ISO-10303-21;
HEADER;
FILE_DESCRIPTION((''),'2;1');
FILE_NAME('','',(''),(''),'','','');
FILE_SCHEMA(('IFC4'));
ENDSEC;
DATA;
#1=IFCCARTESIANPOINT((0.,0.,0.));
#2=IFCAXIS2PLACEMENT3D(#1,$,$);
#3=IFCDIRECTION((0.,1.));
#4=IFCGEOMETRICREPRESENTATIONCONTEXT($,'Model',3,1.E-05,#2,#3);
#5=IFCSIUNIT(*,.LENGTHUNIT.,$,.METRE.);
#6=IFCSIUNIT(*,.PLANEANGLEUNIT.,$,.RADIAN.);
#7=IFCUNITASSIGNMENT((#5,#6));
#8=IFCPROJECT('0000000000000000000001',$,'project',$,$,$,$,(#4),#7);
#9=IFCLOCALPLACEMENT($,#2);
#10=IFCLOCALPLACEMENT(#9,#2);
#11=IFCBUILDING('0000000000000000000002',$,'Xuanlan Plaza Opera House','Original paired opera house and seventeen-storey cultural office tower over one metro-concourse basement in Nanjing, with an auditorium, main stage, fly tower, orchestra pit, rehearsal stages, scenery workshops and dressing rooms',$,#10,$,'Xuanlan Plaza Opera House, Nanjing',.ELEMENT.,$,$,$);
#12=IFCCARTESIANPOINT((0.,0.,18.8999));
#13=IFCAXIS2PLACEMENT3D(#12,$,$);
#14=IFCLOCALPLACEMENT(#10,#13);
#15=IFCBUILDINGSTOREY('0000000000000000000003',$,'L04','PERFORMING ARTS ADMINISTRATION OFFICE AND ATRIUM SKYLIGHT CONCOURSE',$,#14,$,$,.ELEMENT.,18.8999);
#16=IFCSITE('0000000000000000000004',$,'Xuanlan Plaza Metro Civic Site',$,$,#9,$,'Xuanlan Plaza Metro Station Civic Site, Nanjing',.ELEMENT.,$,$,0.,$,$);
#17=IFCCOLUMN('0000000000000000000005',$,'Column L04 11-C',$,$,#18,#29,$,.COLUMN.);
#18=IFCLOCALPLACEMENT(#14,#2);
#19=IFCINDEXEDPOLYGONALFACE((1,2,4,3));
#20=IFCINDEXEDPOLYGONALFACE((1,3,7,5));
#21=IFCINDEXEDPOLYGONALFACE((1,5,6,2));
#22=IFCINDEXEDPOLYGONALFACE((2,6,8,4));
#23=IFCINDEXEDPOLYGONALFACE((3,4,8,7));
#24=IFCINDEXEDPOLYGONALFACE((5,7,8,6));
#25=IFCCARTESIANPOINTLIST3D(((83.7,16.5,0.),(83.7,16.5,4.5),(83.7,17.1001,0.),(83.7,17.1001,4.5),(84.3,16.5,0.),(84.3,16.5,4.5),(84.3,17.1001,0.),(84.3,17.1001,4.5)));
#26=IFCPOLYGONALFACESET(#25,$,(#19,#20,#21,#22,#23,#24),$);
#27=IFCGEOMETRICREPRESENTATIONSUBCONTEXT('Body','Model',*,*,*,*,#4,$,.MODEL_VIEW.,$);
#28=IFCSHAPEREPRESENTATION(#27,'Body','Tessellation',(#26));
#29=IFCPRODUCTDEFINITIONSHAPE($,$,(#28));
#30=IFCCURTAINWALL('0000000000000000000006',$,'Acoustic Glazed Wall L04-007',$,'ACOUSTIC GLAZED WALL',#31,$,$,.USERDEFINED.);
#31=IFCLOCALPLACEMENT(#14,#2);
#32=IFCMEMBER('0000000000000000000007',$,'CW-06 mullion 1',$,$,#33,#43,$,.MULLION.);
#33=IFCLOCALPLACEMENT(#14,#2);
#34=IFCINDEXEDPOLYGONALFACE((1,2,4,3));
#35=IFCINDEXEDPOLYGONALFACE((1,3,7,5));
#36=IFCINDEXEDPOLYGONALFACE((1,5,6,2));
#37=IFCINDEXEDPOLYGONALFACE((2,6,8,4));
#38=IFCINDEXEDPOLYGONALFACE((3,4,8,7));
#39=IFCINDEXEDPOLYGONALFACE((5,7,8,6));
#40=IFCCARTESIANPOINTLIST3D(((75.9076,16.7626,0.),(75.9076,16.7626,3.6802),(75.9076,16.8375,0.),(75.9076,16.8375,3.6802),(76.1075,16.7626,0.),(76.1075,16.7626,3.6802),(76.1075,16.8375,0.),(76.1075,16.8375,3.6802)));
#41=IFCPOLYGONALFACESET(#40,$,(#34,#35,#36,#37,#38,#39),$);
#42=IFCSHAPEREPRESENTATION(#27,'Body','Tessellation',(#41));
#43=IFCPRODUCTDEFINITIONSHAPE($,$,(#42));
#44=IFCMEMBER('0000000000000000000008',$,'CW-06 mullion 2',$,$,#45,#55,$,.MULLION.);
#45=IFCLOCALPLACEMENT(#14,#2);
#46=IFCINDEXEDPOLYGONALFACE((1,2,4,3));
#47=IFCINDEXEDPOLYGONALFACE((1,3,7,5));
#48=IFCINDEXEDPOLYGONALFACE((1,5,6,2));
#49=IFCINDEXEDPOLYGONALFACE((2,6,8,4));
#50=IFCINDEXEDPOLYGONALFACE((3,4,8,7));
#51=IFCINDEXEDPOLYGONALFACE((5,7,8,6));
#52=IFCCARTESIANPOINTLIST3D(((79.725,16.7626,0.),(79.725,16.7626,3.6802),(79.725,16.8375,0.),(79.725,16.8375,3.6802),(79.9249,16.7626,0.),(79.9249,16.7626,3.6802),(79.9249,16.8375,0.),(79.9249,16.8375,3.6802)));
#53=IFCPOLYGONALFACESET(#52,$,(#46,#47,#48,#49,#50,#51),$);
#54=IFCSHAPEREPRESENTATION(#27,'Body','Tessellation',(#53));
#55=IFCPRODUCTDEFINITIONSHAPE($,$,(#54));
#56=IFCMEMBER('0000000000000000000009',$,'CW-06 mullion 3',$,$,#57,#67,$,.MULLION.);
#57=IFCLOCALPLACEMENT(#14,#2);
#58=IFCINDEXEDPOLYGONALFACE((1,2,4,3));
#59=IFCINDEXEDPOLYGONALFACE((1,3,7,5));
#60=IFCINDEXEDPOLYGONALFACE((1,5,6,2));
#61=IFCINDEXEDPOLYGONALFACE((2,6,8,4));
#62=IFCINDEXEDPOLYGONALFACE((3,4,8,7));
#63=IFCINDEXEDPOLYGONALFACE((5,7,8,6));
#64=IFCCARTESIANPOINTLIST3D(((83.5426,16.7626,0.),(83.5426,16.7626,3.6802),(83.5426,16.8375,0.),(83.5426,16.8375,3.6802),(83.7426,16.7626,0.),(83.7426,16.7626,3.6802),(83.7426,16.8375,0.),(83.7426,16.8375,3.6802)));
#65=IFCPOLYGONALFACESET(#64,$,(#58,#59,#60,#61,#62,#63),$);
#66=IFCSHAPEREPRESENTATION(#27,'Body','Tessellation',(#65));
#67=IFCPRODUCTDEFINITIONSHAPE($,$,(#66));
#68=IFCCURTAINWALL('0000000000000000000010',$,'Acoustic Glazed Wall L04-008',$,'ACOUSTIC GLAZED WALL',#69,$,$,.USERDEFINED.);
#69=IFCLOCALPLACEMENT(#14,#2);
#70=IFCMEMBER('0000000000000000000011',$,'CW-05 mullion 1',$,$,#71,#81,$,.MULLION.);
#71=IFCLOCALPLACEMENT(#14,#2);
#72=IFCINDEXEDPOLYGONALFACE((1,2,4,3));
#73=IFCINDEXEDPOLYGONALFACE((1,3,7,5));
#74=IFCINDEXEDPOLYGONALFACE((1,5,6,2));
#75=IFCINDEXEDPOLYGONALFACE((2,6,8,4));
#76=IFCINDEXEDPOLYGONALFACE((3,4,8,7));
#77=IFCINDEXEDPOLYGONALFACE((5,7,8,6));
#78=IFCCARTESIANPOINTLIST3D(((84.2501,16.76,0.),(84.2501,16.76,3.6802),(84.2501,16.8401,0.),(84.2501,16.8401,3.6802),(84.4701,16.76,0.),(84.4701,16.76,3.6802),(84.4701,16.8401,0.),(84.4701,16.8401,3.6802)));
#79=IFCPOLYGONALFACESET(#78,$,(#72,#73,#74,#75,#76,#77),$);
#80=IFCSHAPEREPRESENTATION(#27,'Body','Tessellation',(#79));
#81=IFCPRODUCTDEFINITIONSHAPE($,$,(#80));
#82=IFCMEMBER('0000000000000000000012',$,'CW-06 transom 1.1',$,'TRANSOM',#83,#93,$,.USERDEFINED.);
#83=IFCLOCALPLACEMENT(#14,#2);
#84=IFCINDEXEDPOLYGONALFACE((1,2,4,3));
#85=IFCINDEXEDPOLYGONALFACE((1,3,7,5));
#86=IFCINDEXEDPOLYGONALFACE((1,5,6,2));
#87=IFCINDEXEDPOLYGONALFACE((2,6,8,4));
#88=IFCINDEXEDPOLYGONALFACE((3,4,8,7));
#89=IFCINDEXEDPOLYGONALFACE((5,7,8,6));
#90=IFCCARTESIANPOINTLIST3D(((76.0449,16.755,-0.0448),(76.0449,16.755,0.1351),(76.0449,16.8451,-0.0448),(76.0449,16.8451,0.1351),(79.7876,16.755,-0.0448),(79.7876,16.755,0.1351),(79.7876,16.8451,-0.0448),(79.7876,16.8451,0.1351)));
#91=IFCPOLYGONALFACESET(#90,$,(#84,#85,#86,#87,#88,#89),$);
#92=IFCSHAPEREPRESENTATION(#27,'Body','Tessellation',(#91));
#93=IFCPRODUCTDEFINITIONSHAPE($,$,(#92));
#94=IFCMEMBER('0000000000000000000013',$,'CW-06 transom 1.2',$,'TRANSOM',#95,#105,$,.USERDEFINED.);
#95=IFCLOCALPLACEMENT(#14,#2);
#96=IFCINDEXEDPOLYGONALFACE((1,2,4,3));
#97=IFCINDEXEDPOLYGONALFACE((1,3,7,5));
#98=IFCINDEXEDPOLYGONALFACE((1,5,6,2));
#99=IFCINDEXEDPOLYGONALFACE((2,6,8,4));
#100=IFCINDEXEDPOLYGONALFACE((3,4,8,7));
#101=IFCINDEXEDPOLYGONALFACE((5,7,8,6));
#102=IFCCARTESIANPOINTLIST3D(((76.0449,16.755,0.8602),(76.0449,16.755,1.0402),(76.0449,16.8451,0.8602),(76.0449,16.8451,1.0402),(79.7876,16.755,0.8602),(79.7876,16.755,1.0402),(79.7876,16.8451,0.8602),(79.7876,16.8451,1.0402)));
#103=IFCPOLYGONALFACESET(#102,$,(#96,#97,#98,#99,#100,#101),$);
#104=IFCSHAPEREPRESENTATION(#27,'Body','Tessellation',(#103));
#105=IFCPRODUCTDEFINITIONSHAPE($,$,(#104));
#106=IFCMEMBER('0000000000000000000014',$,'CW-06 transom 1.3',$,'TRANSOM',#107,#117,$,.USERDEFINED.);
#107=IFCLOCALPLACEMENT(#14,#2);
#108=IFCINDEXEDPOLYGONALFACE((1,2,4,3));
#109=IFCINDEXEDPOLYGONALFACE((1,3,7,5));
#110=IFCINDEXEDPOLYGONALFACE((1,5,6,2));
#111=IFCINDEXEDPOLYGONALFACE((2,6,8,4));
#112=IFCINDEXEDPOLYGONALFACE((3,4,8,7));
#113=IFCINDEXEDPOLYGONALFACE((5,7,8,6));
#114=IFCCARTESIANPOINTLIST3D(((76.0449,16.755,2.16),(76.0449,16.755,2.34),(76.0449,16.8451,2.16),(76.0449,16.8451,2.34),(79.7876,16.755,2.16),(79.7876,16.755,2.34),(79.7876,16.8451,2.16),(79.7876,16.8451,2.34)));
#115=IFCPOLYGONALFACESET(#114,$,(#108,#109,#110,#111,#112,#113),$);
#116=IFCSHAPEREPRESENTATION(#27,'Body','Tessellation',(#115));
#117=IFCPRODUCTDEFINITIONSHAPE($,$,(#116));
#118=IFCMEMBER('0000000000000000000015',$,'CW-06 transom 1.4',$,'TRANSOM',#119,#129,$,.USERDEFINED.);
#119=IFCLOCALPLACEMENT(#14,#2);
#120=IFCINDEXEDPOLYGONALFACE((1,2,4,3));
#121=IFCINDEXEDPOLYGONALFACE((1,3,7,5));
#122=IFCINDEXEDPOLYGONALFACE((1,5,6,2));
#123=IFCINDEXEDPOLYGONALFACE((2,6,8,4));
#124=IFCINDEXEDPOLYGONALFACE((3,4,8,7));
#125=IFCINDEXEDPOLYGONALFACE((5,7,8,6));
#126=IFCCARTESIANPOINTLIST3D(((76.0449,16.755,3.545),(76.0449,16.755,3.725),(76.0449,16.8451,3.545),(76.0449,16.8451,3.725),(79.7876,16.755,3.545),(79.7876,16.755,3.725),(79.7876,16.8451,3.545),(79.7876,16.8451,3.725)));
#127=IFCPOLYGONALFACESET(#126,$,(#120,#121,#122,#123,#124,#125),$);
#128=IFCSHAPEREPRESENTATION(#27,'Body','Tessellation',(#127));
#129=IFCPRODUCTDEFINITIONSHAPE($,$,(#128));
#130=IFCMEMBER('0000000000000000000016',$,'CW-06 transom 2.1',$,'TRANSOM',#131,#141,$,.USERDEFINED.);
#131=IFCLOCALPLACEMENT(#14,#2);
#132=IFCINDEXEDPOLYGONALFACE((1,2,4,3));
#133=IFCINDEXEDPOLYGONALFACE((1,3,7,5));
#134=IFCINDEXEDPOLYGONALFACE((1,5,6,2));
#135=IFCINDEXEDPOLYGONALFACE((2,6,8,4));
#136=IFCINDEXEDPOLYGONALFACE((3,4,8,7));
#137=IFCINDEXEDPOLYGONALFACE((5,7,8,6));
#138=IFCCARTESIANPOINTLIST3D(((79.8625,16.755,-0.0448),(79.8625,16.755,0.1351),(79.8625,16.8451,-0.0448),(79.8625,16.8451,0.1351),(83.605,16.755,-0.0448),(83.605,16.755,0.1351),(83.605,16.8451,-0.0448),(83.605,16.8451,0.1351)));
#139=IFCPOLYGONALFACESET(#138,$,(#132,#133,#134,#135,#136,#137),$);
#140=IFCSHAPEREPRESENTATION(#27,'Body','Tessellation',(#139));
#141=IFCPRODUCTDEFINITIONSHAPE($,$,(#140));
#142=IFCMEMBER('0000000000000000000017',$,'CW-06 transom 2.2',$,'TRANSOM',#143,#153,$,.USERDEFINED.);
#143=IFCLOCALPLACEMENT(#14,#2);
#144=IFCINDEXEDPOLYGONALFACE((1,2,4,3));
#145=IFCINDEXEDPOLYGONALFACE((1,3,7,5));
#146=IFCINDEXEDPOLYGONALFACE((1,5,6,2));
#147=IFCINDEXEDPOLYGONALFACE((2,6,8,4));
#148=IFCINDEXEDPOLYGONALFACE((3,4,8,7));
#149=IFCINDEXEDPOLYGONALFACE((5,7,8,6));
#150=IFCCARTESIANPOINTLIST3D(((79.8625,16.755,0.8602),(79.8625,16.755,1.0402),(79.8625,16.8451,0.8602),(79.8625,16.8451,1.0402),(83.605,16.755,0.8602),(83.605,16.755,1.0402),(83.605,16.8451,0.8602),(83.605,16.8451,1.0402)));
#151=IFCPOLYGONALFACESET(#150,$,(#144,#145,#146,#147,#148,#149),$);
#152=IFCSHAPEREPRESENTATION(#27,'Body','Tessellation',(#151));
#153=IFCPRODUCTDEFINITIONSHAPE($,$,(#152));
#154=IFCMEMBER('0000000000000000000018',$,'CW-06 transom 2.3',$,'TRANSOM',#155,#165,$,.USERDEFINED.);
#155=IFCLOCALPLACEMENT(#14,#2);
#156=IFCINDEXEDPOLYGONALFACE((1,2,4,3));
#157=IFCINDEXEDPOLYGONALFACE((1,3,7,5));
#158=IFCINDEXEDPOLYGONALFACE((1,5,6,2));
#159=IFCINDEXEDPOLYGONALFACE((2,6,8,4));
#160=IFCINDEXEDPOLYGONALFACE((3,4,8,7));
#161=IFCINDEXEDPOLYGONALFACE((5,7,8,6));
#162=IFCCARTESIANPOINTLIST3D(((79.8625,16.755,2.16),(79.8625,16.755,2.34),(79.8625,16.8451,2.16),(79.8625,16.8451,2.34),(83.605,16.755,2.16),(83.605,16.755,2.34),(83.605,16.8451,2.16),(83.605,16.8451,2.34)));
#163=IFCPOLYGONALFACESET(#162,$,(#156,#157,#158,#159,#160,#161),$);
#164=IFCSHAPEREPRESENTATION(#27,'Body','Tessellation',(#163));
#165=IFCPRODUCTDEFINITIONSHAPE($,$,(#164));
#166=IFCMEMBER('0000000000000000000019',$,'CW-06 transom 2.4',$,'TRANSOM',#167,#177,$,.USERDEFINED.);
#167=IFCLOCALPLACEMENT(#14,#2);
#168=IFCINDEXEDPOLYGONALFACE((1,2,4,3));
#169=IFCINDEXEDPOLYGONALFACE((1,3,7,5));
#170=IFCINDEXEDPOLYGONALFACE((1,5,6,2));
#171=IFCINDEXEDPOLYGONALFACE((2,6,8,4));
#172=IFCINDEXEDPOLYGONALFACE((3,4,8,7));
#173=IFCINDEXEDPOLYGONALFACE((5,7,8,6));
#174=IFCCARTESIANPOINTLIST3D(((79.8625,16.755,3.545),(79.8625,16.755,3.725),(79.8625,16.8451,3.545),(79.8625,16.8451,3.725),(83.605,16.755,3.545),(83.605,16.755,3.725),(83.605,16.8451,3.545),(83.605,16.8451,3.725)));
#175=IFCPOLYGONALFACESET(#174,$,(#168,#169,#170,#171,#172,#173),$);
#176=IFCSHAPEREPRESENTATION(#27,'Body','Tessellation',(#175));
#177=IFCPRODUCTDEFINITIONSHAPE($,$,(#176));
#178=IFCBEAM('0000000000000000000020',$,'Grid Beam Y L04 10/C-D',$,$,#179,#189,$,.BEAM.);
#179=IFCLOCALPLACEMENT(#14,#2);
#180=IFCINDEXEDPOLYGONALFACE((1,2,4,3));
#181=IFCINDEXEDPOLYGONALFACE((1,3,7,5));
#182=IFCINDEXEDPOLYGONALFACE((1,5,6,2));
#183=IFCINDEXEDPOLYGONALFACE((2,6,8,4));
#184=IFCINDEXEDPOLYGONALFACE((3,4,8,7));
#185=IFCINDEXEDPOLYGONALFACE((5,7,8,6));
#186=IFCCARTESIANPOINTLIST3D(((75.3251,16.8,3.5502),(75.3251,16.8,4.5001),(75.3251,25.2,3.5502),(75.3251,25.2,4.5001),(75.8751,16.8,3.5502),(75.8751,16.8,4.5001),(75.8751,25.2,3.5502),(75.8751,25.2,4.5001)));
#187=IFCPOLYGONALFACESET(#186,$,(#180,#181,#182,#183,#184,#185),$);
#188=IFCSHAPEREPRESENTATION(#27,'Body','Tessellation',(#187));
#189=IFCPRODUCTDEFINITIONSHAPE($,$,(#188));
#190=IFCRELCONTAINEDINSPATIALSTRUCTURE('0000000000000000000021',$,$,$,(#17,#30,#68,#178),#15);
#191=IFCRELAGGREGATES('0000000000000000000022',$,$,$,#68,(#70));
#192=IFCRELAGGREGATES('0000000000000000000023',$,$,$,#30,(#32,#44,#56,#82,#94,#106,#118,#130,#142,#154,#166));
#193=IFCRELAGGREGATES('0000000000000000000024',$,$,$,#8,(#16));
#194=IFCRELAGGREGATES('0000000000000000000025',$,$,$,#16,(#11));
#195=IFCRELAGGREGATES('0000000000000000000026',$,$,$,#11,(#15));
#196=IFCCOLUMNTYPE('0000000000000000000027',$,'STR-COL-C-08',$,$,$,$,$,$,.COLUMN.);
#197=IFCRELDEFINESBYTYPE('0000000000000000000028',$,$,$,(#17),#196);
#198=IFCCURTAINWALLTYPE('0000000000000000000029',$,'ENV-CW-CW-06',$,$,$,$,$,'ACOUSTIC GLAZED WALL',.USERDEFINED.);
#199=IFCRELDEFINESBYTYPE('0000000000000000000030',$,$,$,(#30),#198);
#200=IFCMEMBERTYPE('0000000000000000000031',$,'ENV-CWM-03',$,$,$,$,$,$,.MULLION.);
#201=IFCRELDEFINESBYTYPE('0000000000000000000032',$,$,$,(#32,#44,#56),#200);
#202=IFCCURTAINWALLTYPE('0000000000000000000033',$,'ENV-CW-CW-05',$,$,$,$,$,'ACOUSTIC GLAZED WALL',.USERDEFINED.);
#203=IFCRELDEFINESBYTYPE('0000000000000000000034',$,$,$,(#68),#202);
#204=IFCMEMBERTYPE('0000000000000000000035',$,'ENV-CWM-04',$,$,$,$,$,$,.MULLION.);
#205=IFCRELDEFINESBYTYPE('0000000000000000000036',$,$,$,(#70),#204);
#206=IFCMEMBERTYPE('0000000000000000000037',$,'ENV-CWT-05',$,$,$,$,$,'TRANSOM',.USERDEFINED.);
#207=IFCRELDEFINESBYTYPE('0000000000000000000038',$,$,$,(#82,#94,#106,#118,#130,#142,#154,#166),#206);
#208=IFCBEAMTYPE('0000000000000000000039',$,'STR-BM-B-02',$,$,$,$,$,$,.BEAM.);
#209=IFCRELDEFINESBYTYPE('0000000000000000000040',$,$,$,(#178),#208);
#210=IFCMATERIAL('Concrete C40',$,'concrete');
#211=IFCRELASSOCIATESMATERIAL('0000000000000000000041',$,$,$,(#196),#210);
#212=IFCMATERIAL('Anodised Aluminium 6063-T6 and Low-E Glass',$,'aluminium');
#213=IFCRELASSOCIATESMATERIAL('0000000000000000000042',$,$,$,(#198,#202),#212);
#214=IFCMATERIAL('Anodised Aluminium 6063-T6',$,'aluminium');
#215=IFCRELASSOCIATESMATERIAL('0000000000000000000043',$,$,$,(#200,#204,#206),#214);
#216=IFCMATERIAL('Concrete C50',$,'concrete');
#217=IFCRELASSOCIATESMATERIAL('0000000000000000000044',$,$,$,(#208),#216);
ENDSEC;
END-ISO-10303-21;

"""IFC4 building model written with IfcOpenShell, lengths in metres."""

from ifc_helpers import new_model, si_unit, direction, frame, origin, origin_2d, place, context, subcontext, project, spatial, rectangle, extrude, material, material_profile, profile_set, type_object, element, aggregate, save


model = new_model("IFC4")

# Units and contexts
model_context = context("Model", 3, precision=1e-05, world=origin(), true_north=direction((0.0, 1.0)))
body_context = subcontext(model_context, "Body", "Model", "MODEL_VIEW")
ifc_project = project(units=[si_unit("LENGTHUNIT", "METRE"), si_unit("PLANEANGLEUNIT", "RADIAN")], contexts=[model_context])

# Site, building, storey
site_placement = place(None, origin())
site = spatial("IfcSite", under=ifc_project, at=site_placement, Name="Xuanlan Plaza Metro Civic Site", LongName="Xuanlan Plaza Metro Station Civic Site, Nanjing", CompositionType="ELEMENT", RefElevation=0.0)
building_placement = place(site_placement, origin())
building = spatial("IfcBuilding", under=site, at=building_placement, Name="Xuanlan Plaza Opera House", Description="Original paired opera house and seventeen-storey cultural office tower over one metro-concourse basement in Nanjing, with an auditorium, main stage, fly tower, orchestra pit, rehearsal stages, scenery workshops and dressing rooms", LongName="Xuanlan Plaza Opera House, Nanjing", CompositionType="ELEMENT")
storey_placement = place(building_placement, frame((0.0, 0.0, 18.8999)))
storey = spatial("IfcBuildingStorey", under=building, at=storey_placement, Name="L04", Description="PERFORMING ARTS ADMINISTRATION OFFICE AND ATRIUM SKYLIGHT CONCOURSE", CompositionType="ELEMENT", Elevation=18.8999)

# Column
ifc_material_1 = material(Name="Concrete C40", Category="concrete")
ifc_material_profile_1 = material_profile(ifc_material_1, rectangle(XDim=0.6001, YDim=0.6001, at=origin_2d()), Name="RC-COL 600x600")
ifc_profile_set_1 = profile_set([ifc_material_profile_1], Name="Concrete C40")
column_type = type_object("IfcColumnType", Name="STR-COL-C-08", PredefinedType="COLUMN", material=ifc_profile_set_1)
column_placement = place(storey_placement, frame((84.0, 16.8, 0.0), z_axis=(0.0, 0.0, 1.0), x_axis=(1.0, 0.0, 0.0)))
element("IfcColumn", 1, at=column_placement, inside=storey, type_object=column_type, Name="Column L04 11-C", PredefinedType="COLUMN", context=body_context, shape_type="SweptSolid", body=[
    extrude(rectangle(XDim=0.6001, YDim=0.6001, at=origin_2d()), origin(), (0.0, 0.0, 1.0), 4.5),
])

# Curtain wall, members
ifc_material_2 = material(Name="Anodised Aluminium 6063-T6 and Low-E Glass", Category="aluminium")
curtain_wall_type_1 = type_object("IfcCurtainWallType", Name="ENV-CW-CW-06", ElementType="ACOUSTIC GLAZED WALL", PredefinedType="USERDEFINED", material=ifc_material_2)
curtain_wall_1_placement = place(storey_placement, origin())
curtain_wall_1 = element("IfcCurtainWall", 2, at=curtain_wall_1_placement, inside=storey, type_object=curtain_wall_type_1, Name="Acoustic Glazed Wall L04-007", ObjectType="ACOUSTIC GLAZED WALL", PredefinedType="USERDEFINED")
ifc_material_3 = material(Name="Anodised Aluminium 6063-T6", Category="aluminium")
ifc_material_profile_2 = material_profile(ifc_material_3, rectangle(XDim=0.075, YDim=0.2, at=origin_2d()), Name="ALU-M 75x200")
ifc_profile_set_2 = profile_set([ifc_material_profile_2], Name="Anodised Aluminium 6063-T6")
member_type_1 = type_object("IfcMemberType", Name="ENV-CWM-03", PredefinedType="MULLION", material=ifc_profile_set_2)
member_1_placement = place(storey_placement, frame((76.0076, 16.8, 0.0), z_axis=(0.0, 0.0, 1.0), x_axis=(0.0, 1.0, 0.0)))
member_1 = element("IfcMember", 3, at=member_1_placement, type_object=member_type_1, Name="CW-06 mullion 1", PredefinedType="MULLION", context=body_context, shape_type="SweptSolid", body=[
    extrude(rectangle(XDim=0.075, YDim=0.2, at=origin_2d()), origin(), (0.0, 0.0, 1.0), 3.6802),
])
member_2_placement = place(storey_placement, frame((79.825, 16.8, 0.0), z_axis=(0.0, 0.0, 1.0), x_axis=(0.0, 1.0, 0.0)))
member_2 = element("IfcMember", 4, at=member_2_placement, type_object=member_type_1, Name="CW-06 mullion 2", PredefinedType="MULLION", context=body_context, shape_type="SweptSolid", body=[
    extrude(rectangle(XDim=0.075, YDim=0.2, at=origin_2d()), origin(), (0.0, 0.0, 1.0), 3.6802),
])
member_3_placement = place(storey_placement, frame((83.6426, 16.8, 0.0), z_axis=(0.0, 0.0, 1.0), x_axis=(0.0, 1.0, 0.0)))
member_3 = element("IfcMember", 5, at=member_3_placement, type_object=member_type_1, Name="CW-06 mullion 3", PredefinedType="MULLION", context=body_context, shape_type="SweptSolid", body=[
    extrude(rectangle(XDim=0.075, YDim=0.2, at=origin_2d()), origin(), (0.0, 0.0, 1.0), 3.6802),
])

# Curtain wall, member
curtain_wall_type_2 = type_object("IfcCurtainWallType", Name="ENV-CW-CW-05", ElementType="ACOUSTIC GLAZED WALL", PredefinedType="USERDEFINED", material=ifc_material_2)
curtain_wall_2_placement = place(storey_placement, origin())
curtain_wall_2 = element("IfcCurtainWall", 6, at=curtain_wall_2_placement, inside=storey, type_object=curtain_wall_type_2, Name="Acoustic Glazed Wall L04-008", ObjectType="ACOUSTIC GLAZED WALL", PredefinedType="USERDEFINED")
ifc_material_profile_3 = material_profile(ifc_material_3, rectangle(XDim=0.0801, YDim=0.22, at=origin_2d()), Name="ALU-M 80x220")
ifc_profile_set_3 = profile_set([ifc_material_profile_3], Name="Anodised Aluminium 6063-T6")
member_type_2 = type_object("IfcMemberType", Name="ENV-CWM-04", PredefinedType="MULLION", material=ifc_profile_set_3)
member_4_placement = place(storey_placement, frame((84.3601, 16.8, 0.0), z_axis=(0.0, 0.0, 1.0), x_axis=(0.0, 1.0, 0.0)))
member_4 = element("IfcMember", 7, at=member_4_placement, type_object=member_type_2, Name="CW-05 mullion 1", PredefinedType="MULLION", context=body_context, shape_type="SweptSolid", body=[
    extrude(rectangle(XDim=0.0801, YDim=0.22, at=origin_2d()), origin(), (0.0, 0.0, 1.0), 3.6802),
])
aggregate(curtain_wall_2, [member_4])

# Members
ifc_material_profile_4 = material_profile(ifc_material_3, rectangle(XDim=0.0901, YDim=0.1799, at=origin_2d()), Name="ALU-T 90x180")
ifc_profile_set_4 = profile_set([ifc_material_profile_4], Name="Anodised Aluminium 6063-T6")
member_type_3 = type_object("IfcMemberType", Name="ENV-CWT-05", ElementType="TRANSOM", PredefinedType="USERDEFINED", material=ifc_profile_set_4)
member_5_placement = place(storey_placement, frame((76.0449, 16.8, 0.0452), z_axis=(1.0, 0.0, 0.0), x_axis=(0.0, 1.0, 0.0)))
member_5 = element("IfcMember", 8, at=member_5_placement, type_object=member_type_3, Name="CW-06 transom 1.1", ObjectType="TRANSOM", PredefinedType="USERDEFINED", context=body_context, shape_type="SweptSolid", body=[
    extrude(rectangle(XDim=0.0901, YDim=0.1799, at=origin_2d()), origin(), (0.0, 0.0, 1.0), 3.7427),
])
member_6_placement = place(storey_placement, frame((76.0449, 16.8, 0.9502), z_axis=(1.0, 0.0, 0.0), x_axis=(0.0, 1.0, 0.0)))
member_6 = element("IfcMember", 9, at=member_6_placement, type_object=member_type_3, Name="CW-06 transom 1.2", ObjectType="TRANSOM", PredefinedType="USERDEFINED", context=body_context, shape_type="SweptSolid", body=[
    extrude(rectangle(XDim=0.0901, YDim=0.1799, at=origin_2d()), origin(), (0.0, 0.0, 1.0), 3.7427),
])
member_7_placement = place(storey_placement, frame((76.0449, 16.8, 2.25), z_axis=(1.0, 0.0, 0.0), x_axis=(0.0, 1.0, 0.0)))
member_7 = element("IfcMember", 10, at=member_7_placement, type_object=member_type_3, Name="CW-06 transom 1.3", ObjectType="TRANSOM", PredefinedType="USERDEFINED", context=body_context, shape_type="SweptSolid", body=[
    extrude(rectangle(XDim=0.0901, YDim=0.1799, at=origin_2d()), origin(), (0.0, 0.0, 1.0), 3.7427),
])
member_8_placement = place(storey_placement, frame((76.0449, 16.8, 3.635), z_axis=(1.0, 0.0, 0.0), x_axis=(0.0, 1.0, 0.0)))
member_8 = element("IfcMember", 11, at=member_8_placement, type_object=member_type_3, Name="CW-06 transom 1.4", ObjectType="TRANSOM", PredefinedType="USERDEFINED", context=body_context, shape_type="SweptSolid", body=[
    extrude(rectangle(XDim=0.0901, YDim=0.1799, at=origin_2d()), origin(), (0.0, 0.0, 1.0), 3.7427),
])
member_9_placement = place(storey_placement, frame((79.8625, 16.8, 0.0452), z_axis=(1.0, 0.0, 0.0), x_axis=(0.0, 1.0, 0.0)))
member_9 = element("IfcMember", 12, at=member_9_placement, type_object=member_type_3, Name="CW-06 transom 2.1", ObjectType="TRANSOM", PredefinedType="USERDEFINED", context=body_context, shape_type="SweptSolid", body=[
    extrude(rectangle(XDim=0.0901, YDim=0.1799, at=origin_2d()), origin(), (0.0, 0.0, 1.0), 3.7424),
])
member_10_placement = place(storey_placement, frame((79.8625, 16.8, 0.9502), z_axis=(1.0, 0.0, 0.0), x_axis=(0.0, 1.0, 0.0)))
member_10 = element("IfcMember", 13, at=member_10_placement, type_object=member_type_3, Name="CW-06 transom 2.2", ObjectType="TRANSOM", PredefinedType="USERDEFINED", context=body_context, shape_type="SweptSolid", body=[
    extrude(rectangle(XDim=0.0901, YDim=0.1799, at=origin_2d()), origin(), (0.0, 0.0, 1.0), 3.7424),
])
member_11_placement = place(storey_placement, frame((79.8625, 16.8, 2.25), z_axis=(1.0, 0.0, 0.0), x_axis=(0.0, 1.0, 0.0)))
member_11 = element("IfcMember", 14, at=member_11_placement, type_object=member_type_3, Name="CW-06 transom 2.3", ObjectType="TRANSOM", PredefinedType="USERDEFINED", context=body_context, shape_type="SweptSolid", body=[
    extrude(rectangle(XDim=0.0901, YDim=0.1799, at=origin_2d()), origin(), (0.0, 0.0, 1.0), 3.7424),
])
member_12_placement = place(storey_placement, frame((79.8625, 16.8, 3.635), z_axis=(1.0, 0.0, 0.0), x_axis=(0.0, 1.0, 0.0)))
member_12 = element("IfcMember", 15, at=member_12_placement, type_object=member_type_3, Name="CW-06 transom 2.4", ObjectType="TRANSOM", PredefinedType="USERDEFINED", context=body_context, shape_type="SweptSolid", body=[
    extrude(rectangle(XDim=0.0901, YDim=0.1799, at=origin_2d()), origin(), (0.0, 0.0, 1.0), 3.7424),
])

# Beam
ifc_material_4 = material(Name="Concrete C50", Category="concrete")
ifc_material_profile_5 = material_profile(ifc_material_4, rectangle(XDim=0.55, YDim=0.95, at=origin_2d()), Name="RC-BM 550x950")
ifc_profile_set_5 = profile_set([ifc_material_profile_5], Name="Concrete C50")
beam_type_1 = type_object("IfcBeamType", Name="STR-BM-B-02", PredefinedType="BEAM", material=ifc_profile_set_5)
beam_1_placement = place(storey_placement, frame((75.6001, 16.8, 4.0251), z_axis=(0.0, 1.0, 0.0), x_axis=(-1.0, 0.0, 0.0)))
element("IfcBeam", 16, at=beam_1_placement, inside=storey, type_object=beam_type_1, Name="Grid Beam Y L04 10/C-D", PredefinedType="BEAM", context=body_context, shape_type="SweptSolid", body=[
    extrude(rectangle(XDim=0.55, YDim=0.95, at=origin_2d()), origin(), (0.0, 0.0, 1.0), 8.3999),
])

aggregate(curtain_wall_1, [member_1, member_2, member_3, member_5, member_6, member_7, member_8, member_9, member_10, member_11, member_12])

save(model, "model.ifc")
